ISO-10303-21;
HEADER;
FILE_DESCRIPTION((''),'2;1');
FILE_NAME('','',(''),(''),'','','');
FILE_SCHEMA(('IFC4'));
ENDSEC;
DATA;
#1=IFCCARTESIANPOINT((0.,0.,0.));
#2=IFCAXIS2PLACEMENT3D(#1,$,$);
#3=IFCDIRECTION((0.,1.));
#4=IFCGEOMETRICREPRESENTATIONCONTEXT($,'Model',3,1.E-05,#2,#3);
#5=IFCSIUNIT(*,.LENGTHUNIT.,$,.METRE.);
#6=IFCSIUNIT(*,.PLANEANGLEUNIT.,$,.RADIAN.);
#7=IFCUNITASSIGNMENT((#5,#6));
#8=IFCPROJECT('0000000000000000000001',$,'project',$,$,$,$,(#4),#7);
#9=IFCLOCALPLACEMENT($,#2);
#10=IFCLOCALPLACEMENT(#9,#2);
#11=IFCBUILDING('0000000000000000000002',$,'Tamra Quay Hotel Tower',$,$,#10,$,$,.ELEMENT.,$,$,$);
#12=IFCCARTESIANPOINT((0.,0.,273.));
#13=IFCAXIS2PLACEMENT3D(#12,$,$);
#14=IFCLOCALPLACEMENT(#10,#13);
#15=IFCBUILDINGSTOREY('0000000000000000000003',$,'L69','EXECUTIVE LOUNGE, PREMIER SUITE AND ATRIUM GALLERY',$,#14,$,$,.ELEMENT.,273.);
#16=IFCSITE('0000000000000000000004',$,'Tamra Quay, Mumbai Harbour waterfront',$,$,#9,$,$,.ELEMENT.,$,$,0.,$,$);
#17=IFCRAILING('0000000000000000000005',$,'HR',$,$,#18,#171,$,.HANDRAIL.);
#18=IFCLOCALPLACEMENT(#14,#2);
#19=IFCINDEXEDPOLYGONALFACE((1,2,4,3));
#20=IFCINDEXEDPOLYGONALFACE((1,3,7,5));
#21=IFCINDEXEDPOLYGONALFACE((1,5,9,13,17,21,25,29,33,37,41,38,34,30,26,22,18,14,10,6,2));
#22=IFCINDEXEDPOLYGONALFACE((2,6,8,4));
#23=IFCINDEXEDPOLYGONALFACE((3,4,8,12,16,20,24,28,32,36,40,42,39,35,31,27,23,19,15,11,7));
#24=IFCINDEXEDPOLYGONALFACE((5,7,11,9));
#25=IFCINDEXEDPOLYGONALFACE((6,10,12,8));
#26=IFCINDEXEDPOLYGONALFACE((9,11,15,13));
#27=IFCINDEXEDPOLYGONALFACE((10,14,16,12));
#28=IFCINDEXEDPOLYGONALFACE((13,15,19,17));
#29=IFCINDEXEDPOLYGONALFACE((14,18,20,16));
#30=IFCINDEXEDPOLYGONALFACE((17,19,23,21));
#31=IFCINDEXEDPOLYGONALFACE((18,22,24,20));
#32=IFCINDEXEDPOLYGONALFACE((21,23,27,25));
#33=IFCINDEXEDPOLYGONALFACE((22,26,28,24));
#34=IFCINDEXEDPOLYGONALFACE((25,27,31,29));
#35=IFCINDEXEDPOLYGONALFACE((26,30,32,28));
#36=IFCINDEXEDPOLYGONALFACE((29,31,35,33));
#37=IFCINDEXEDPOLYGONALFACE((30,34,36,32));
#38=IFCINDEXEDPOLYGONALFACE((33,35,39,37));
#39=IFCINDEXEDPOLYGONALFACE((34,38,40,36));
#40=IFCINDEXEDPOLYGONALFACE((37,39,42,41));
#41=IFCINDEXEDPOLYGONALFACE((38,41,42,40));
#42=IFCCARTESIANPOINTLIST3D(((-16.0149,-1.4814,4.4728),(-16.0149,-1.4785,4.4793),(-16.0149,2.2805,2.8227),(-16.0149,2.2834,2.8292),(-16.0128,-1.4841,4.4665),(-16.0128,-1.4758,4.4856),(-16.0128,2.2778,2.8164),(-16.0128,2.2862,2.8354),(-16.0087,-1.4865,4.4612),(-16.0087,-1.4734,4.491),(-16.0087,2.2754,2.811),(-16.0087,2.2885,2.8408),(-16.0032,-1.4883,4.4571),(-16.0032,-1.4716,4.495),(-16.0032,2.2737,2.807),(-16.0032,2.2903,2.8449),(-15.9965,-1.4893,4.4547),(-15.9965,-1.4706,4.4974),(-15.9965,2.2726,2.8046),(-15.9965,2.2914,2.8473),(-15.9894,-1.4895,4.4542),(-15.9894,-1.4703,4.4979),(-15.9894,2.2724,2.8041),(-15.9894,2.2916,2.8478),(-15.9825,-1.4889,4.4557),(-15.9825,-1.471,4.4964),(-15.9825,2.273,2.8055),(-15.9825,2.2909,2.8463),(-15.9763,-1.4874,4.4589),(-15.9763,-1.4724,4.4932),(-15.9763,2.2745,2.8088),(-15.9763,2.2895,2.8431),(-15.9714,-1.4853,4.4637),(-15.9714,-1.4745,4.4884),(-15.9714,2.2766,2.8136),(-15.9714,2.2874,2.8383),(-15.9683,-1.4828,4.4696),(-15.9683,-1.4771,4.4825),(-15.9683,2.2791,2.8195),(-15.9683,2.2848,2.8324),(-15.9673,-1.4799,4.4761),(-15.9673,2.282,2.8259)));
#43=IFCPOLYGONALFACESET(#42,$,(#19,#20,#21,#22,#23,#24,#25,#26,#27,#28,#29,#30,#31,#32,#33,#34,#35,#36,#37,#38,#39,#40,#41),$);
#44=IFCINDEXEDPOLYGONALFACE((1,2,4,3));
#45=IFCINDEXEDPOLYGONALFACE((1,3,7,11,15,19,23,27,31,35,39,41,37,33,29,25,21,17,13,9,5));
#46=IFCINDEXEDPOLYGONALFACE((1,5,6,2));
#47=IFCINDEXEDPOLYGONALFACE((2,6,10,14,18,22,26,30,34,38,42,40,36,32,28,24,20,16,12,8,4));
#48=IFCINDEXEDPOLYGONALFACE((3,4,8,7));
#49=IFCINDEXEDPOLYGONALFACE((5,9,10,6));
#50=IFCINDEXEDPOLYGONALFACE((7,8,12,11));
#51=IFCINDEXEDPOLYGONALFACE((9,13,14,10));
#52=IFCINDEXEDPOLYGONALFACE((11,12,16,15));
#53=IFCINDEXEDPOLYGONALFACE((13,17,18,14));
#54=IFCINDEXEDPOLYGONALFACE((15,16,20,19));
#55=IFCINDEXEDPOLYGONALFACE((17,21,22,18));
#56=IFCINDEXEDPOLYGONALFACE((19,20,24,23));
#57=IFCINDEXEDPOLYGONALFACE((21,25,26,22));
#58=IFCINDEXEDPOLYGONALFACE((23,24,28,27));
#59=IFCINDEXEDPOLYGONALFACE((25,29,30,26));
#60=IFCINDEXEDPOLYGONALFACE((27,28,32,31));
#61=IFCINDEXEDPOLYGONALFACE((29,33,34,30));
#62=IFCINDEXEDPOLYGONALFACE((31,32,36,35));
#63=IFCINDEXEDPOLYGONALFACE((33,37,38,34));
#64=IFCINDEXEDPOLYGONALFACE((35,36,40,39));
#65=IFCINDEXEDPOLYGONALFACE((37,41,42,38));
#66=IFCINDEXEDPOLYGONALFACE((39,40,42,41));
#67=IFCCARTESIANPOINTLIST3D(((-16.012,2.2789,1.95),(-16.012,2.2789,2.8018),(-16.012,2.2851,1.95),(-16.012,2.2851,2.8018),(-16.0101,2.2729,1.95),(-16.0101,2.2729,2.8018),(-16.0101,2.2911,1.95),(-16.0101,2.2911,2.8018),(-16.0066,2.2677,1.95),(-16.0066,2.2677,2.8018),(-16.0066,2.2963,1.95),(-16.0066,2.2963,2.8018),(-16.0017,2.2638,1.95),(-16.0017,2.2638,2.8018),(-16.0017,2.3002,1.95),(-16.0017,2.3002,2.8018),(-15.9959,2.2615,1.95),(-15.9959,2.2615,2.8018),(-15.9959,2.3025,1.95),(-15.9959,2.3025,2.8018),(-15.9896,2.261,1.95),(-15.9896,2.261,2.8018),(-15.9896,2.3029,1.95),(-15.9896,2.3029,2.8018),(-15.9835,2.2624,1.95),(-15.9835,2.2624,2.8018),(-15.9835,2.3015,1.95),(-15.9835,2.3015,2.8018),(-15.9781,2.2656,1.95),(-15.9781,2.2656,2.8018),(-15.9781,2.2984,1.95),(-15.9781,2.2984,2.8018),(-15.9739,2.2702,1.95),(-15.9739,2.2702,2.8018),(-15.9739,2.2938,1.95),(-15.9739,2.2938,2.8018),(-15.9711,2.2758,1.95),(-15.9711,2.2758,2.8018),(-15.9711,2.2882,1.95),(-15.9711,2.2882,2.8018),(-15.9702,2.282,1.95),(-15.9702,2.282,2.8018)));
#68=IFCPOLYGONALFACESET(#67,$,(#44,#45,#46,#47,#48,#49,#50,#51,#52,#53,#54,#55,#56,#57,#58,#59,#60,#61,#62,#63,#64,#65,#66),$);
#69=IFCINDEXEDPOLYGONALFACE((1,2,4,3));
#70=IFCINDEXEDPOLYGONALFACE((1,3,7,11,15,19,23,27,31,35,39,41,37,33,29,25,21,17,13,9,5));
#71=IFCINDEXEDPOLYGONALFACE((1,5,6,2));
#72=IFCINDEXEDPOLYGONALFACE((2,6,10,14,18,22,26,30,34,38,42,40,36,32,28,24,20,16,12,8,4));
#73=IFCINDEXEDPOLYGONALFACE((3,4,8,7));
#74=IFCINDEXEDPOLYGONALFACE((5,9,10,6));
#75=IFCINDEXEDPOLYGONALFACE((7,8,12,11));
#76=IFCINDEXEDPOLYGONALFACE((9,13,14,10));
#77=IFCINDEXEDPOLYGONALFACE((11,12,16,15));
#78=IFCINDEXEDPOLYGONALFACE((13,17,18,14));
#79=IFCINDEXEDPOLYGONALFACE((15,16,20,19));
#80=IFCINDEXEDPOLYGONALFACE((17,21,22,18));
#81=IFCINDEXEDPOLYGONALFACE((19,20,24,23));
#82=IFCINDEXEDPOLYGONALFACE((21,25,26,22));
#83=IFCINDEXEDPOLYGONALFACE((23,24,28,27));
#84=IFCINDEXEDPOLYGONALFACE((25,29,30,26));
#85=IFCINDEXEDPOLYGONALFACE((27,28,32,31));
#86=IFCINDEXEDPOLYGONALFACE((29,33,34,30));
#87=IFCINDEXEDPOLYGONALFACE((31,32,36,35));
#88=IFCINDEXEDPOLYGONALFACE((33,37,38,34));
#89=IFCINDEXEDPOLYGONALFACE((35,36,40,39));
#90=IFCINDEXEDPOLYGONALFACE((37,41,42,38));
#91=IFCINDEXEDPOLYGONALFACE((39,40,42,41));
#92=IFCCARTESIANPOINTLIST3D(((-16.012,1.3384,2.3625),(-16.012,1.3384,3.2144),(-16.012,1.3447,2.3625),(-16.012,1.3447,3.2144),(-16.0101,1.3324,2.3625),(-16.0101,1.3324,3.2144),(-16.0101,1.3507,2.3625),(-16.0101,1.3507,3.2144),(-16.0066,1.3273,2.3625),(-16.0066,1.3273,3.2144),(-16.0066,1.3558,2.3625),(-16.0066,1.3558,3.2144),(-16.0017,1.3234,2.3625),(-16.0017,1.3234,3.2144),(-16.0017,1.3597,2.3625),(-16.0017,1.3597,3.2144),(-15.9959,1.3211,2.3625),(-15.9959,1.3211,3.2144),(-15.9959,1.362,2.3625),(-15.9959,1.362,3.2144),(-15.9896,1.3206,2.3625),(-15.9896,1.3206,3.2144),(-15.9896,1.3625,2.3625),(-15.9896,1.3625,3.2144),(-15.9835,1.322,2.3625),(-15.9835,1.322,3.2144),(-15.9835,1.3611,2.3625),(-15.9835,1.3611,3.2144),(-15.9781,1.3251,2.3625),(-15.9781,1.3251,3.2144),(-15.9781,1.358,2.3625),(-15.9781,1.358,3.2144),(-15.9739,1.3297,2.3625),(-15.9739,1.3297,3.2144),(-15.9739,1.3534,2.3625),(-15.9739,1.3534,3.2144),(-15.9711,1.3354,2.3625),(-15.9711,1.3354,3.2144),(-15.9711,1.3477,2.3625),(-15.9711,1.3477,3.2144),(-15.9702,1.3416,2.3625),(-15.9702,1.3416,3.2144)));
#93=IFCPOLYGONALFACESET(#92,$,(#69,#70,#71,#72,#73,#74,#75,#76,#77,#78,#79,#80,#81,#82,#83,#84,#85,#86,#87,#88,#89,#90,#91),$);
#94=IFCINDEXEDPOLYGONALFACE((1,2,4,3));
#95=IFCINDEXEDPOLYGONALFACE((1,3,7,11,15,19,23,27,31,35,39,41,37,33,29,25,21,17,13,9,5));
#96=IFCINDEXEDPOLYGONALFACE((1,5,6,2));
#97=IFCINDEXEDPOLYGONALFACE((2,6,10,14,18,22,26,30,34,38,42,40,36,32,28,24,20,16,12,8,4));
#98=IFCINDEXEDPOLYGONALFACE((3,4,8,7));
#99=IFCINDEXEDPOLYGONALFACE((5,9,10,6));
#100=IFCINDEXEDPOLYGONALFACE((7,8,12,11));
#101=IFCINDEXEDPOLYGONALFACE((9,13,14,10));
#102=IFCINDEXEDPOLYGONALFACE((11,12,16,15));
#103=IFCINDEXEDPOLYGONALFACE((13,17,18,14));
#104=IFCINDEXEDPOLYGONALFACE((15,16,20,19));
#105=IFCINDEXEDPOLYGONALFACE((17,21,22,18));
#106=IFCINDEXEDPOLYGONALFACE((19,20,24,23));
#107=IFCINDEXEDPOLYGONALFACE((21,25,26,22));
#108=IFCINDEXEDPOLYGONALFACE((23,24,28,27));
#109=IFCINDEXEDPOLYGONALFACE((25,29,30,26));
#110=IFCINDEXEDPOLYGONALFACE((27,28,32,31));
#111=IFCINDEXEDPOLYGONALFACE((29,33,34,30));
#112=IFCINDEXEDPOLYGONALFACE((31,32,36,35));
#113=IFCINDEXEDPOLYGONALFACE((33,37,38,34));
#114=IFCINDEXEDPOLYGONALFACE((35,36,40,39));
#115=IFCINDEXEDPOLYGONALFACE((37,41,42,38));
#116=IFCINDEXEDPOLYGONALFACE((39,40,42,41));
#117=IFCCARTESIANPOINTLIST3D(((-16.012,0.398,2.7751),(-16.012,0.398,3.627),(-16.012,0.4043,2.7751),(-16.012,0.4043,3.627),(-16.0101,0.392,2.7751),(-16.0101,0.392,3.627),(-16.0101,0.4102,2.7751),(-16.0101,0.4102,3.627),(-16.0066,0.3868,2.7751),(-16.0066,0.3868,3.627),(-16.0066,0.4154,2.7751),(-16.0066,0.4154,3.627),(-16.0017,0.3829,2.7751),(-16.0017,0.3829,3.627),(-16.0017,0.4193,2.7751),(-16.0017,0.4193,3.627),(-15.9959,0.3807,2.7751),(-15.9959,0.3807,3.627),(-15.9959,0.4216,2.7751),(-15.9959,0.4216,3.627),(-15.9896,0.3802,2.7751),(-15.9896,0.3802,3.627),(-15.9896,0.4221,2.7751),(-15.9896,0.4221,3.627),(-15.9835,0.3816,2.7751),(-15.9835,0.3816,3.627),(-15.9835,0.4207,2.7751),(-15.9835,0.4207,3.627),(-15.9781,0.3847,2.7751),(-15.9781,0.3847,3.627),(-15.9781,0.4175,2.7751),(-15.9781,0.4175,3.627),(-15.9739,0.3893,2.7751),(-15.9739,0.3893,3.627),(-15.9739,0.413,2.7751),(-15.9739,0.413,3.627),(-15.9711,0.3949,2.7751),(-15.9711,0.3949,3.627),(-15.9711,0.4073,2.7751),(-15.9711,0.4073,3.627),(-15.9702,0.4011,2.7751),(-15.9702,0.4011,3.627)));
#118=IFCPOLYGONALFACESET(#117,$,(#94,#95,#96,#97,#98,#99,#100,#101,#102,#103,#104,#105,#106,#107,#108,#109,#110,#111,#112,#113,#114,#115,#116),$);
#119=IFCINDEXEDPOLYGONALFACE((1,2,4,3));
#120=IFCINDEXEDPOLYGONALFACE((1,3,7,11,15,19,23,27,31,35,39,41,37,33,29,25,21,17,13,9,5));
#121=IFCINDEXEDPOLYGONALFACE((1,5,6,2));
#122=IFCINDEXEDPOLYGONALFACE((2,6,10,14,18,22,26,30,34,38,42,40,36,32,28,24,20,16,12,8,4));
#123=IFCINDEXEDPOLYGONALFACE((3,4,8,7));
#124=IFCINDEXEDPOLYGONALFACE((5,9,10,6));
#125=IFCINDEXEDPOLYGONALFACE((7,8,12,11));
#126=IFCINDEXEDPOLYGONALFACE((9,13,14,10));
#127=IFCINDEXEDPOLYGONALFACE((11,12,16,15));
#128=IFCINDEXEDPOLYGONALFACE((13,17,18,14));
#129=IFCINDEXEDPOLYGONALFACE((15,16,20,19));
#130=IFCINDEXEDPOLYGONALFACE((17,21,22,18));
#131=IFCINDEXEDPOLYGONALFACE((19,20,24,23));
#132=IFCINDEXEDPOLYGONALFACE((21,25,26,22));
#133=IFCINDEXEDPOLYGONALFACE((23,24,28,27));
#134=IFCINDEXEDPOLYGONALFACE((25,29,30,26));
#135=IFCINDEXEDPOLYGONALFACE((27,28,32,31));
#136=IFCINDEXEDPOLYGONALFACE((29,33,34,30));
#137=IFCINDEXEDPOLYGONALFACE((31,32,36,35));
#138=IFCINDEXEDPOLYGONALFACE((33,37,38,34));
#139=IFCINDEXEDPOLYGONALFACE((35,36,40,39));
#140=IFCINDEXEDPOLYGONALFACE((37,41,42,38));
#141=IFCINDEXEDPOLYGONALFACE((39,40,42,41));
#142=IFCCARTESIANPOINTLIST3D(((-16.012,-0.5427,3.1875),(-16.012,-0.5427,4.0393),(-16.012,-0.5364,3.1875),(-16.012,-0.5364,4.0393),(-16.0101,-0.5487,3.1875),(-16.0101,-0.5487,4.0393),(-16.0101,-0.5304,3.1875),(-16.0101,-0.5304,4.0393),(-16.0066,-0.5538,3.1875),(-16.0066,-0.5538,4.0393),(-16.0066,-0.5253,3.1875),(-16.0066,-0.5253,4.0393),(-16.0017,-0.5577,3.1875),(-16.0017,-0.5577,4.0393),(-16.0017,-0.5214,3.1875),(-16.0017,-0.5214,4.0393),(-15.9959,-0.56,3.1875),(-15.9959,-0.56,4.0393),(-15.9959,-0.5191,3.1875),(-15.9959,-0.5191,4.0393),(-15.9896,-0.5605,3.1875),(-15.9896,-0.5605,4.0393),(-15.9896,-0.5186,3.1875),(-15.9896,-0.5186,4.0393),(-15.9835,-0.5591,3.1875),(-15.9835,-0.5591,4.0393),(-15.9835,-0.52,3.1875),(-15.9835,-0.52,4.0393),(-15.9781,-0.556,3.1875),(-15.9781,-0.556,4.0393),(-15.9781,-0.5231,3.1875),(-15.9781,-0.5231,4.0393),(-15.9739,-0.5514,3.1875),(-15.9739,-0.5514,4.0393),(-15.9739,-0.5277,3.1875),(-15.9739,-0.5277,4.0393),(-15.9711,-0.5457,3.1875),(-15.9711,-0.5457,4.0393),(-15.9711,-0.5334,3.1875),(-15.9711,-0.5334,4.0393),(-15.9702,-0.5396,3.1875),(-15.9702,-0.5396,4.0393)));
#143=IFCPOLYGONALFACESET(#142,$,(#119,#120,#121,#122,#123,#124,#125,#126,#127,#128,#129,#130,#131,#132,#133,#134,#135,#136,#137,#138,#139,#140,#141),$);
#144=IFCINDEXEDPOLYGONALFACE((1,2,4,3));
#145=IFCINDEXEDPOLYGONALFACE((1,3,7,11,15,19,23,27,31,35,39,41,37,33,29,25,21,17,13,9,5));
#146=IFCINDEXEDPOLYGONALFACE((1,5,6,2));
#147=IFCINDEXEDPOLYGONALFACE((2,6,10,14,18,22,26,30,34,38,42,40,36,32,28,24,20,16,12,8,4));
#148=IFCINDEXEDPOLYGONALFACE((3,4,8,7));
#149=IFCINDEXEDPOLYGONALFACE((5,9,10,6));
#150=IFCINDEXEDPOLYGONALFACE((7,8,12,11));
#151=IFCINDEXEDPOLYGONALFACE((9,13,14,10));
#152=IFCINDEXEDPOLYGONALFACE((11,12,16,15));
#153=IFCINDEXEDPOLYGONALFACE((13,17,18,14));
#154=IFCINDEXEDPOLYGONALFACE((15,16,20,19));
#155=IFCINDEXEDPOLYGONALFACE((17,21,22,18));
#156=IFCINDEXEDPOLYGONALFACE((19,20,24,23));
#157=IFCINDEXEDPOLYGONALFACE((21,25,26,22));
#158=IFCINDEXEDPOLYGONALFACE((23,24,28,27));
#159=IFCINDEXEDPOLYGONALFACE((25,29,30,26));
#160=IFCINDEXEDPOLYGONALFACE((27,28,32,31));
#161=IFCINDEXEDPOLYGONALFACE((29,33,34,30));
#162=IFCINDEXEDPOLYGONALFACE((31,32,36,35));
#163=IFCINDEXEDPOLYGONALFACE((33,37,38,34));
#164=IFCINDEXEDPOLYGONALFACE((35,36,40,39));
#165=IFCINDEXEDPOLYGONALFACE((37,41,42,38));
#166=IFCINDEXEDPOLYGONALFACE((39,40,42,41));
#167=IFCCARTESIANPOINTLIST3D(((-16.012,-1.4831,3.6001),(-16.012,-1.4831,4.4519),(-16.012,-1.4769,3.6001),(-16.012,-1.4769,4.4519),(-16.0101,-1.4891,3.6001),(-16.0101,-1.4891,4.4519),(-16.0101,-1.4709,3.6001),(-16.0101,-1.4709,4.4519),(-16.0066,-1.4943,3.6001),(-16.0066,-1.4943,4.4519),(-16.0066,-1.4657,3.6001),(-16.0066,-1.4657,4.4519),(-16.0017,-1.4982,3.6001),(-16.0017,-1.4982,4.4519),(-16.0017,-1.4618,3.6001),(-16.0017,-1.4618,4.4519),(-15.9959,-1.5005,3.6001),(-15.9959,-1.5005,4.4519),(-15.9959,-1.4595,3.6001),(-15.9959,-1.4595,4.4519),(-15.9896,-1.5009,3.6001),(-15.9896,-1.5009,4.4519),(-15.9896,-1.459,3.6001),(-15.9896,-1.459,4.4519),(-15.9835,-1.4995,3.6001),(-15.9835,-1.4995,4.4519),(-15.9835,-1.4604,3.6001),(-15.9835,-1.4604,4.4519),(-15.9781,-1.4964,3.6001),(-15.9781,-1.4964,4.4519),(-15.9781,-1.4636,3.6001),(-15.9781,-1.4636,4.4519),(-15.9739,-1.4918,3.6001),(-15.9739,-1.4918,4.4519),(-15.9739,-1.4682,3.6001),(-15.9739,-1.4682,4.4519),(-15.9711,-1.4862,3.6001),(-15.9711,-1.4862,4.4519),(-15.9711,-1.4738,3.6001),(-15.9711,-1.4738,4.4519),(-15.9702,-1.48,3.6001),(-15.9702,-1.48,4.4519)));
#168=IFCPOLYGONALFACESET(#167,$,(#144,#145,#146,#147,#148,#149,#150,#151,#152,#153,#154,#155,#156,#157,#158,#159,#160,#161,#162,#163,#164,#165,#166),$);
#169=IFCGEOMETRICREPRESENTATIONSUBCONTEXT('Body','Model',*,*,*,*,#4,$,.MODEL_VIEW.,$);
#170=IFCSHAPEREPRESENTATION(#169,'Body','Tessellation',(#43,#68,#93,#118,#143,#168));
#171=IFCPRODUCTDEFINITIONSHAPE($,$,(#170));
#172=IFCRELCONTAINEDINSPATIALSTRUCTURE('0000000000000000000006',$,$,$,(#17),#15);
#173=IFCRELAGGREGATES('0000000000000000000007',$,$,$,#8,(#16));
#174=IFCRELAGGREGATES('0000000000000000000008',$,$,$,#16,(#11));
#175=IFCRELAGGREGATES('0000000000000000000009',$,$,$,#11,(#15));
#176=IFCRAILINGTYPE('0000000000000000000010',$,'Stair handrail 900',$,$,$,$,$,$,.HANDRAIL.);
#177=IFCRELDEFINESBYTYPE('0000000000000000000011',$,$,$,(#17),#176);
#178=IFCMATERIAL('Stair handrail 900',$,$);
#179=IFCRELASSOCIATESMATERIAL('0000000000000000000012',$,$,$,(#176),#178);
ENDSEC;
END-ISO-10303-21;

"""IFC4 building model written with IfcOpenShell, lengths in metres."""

from ifc_helpers import new_model, si_unit, direction, frame, origin, origin_2d, place, context, subcontext, project, spatial, circle, extrude, material, type_object, element, save


model = new_model("IFC4")

# Units and contexts
model_context = context("Model", 3, precision=1e-05, world=origin(), true_north=direction((0.0, 1.0)))
body_context = subcontext(model_context, "Body", "Model", "MODEL_VIEW")
ifc_project = project(units=[si_unit("LENGTHUNIT", "METRE"), si_unit("PLANEANGLEUNIT", "RADIAN")], contexts=[model_context])

# Site, building, storey
site_placement = place(None, origin())
site = spatial("IfcSite", under=ifc_project, at=site_placement, Name="Tamra Quay, Mumbai Harbour waterfront", CompositionType="ELEMENT", RefElevation=0.0)
building_placement = place(site_placement, origin())
building = spatial("IfcBuilding", under=site, at=building_placement, Name="Tamra Quay Hotel Tower", CompositionType="ELEMENT")
storey_placement = place(building_placement, frame((0.0, 0.0, 273.0)))
storey = spatial("IfcBuildingStorey", under=building, at=storey_placement, Name="L69", Description="EXECUTIVE LOUNGE, PREMIER SUITE AND ATRIUM GALLERY", CompositionType="ELEMENT", Elevation=273.0)

# Railing
ifc_material_1 = material(Name="Stair handrail 900")
railing_type = type_object("IfcRailingType", Name="Stair handrail 900", PredefinedType="HANDRAIL", material=ifc_material_1)
railing_placement = place(storey_placement, frame((-15.9912, 2.282, 1.95)))
element("IfcRailing", 1, at=railing_placement, inside=storey, type_object=railing_type, Name="HR", PredefinedType="HANDRAIL", context=body_context, shape_type="SweptSolid", body=[
    extrude(circle(Radius=0.0239, at=origin_2d()), frame((0.0, 0.0, 0.876), z_axis=(0.0, -0.915774, 0.401695), x_axis=(1.0, 0.0, 0.0)), (0.0, 0.0, 1.0), 4.1079),
    extrude(circle(Radius=0.021, at=origin_2d()), origin(), (0.0, 0.0, 1.0), 0.8518),
    extrude(circle(Radius=0.021, at=origin_2d()), frame((0.0, -0.9404, 0.4126)), (0.0, 0.0, 1.0), 0.8518),
    extrude(circle(Radius=0.021, at=origin_2d()), frame((0.0, -1.8809, 0.8252)), (0.0, 0.0, 1.0), 0.8518),
    extrude(circle(Radius=0.021, at=origin_2d()), frame((0.0, -2.8215, 1.2375)), (0.0, 0.0, 1.0), 0.8518),
    extrude(circle(Radius=0.021, at=origin_2d()), frame((0.0, -3.762, 1.6501)), (0.0, 0.0, 1.0), 0.8518),
])

save(model, "model.ifc")
